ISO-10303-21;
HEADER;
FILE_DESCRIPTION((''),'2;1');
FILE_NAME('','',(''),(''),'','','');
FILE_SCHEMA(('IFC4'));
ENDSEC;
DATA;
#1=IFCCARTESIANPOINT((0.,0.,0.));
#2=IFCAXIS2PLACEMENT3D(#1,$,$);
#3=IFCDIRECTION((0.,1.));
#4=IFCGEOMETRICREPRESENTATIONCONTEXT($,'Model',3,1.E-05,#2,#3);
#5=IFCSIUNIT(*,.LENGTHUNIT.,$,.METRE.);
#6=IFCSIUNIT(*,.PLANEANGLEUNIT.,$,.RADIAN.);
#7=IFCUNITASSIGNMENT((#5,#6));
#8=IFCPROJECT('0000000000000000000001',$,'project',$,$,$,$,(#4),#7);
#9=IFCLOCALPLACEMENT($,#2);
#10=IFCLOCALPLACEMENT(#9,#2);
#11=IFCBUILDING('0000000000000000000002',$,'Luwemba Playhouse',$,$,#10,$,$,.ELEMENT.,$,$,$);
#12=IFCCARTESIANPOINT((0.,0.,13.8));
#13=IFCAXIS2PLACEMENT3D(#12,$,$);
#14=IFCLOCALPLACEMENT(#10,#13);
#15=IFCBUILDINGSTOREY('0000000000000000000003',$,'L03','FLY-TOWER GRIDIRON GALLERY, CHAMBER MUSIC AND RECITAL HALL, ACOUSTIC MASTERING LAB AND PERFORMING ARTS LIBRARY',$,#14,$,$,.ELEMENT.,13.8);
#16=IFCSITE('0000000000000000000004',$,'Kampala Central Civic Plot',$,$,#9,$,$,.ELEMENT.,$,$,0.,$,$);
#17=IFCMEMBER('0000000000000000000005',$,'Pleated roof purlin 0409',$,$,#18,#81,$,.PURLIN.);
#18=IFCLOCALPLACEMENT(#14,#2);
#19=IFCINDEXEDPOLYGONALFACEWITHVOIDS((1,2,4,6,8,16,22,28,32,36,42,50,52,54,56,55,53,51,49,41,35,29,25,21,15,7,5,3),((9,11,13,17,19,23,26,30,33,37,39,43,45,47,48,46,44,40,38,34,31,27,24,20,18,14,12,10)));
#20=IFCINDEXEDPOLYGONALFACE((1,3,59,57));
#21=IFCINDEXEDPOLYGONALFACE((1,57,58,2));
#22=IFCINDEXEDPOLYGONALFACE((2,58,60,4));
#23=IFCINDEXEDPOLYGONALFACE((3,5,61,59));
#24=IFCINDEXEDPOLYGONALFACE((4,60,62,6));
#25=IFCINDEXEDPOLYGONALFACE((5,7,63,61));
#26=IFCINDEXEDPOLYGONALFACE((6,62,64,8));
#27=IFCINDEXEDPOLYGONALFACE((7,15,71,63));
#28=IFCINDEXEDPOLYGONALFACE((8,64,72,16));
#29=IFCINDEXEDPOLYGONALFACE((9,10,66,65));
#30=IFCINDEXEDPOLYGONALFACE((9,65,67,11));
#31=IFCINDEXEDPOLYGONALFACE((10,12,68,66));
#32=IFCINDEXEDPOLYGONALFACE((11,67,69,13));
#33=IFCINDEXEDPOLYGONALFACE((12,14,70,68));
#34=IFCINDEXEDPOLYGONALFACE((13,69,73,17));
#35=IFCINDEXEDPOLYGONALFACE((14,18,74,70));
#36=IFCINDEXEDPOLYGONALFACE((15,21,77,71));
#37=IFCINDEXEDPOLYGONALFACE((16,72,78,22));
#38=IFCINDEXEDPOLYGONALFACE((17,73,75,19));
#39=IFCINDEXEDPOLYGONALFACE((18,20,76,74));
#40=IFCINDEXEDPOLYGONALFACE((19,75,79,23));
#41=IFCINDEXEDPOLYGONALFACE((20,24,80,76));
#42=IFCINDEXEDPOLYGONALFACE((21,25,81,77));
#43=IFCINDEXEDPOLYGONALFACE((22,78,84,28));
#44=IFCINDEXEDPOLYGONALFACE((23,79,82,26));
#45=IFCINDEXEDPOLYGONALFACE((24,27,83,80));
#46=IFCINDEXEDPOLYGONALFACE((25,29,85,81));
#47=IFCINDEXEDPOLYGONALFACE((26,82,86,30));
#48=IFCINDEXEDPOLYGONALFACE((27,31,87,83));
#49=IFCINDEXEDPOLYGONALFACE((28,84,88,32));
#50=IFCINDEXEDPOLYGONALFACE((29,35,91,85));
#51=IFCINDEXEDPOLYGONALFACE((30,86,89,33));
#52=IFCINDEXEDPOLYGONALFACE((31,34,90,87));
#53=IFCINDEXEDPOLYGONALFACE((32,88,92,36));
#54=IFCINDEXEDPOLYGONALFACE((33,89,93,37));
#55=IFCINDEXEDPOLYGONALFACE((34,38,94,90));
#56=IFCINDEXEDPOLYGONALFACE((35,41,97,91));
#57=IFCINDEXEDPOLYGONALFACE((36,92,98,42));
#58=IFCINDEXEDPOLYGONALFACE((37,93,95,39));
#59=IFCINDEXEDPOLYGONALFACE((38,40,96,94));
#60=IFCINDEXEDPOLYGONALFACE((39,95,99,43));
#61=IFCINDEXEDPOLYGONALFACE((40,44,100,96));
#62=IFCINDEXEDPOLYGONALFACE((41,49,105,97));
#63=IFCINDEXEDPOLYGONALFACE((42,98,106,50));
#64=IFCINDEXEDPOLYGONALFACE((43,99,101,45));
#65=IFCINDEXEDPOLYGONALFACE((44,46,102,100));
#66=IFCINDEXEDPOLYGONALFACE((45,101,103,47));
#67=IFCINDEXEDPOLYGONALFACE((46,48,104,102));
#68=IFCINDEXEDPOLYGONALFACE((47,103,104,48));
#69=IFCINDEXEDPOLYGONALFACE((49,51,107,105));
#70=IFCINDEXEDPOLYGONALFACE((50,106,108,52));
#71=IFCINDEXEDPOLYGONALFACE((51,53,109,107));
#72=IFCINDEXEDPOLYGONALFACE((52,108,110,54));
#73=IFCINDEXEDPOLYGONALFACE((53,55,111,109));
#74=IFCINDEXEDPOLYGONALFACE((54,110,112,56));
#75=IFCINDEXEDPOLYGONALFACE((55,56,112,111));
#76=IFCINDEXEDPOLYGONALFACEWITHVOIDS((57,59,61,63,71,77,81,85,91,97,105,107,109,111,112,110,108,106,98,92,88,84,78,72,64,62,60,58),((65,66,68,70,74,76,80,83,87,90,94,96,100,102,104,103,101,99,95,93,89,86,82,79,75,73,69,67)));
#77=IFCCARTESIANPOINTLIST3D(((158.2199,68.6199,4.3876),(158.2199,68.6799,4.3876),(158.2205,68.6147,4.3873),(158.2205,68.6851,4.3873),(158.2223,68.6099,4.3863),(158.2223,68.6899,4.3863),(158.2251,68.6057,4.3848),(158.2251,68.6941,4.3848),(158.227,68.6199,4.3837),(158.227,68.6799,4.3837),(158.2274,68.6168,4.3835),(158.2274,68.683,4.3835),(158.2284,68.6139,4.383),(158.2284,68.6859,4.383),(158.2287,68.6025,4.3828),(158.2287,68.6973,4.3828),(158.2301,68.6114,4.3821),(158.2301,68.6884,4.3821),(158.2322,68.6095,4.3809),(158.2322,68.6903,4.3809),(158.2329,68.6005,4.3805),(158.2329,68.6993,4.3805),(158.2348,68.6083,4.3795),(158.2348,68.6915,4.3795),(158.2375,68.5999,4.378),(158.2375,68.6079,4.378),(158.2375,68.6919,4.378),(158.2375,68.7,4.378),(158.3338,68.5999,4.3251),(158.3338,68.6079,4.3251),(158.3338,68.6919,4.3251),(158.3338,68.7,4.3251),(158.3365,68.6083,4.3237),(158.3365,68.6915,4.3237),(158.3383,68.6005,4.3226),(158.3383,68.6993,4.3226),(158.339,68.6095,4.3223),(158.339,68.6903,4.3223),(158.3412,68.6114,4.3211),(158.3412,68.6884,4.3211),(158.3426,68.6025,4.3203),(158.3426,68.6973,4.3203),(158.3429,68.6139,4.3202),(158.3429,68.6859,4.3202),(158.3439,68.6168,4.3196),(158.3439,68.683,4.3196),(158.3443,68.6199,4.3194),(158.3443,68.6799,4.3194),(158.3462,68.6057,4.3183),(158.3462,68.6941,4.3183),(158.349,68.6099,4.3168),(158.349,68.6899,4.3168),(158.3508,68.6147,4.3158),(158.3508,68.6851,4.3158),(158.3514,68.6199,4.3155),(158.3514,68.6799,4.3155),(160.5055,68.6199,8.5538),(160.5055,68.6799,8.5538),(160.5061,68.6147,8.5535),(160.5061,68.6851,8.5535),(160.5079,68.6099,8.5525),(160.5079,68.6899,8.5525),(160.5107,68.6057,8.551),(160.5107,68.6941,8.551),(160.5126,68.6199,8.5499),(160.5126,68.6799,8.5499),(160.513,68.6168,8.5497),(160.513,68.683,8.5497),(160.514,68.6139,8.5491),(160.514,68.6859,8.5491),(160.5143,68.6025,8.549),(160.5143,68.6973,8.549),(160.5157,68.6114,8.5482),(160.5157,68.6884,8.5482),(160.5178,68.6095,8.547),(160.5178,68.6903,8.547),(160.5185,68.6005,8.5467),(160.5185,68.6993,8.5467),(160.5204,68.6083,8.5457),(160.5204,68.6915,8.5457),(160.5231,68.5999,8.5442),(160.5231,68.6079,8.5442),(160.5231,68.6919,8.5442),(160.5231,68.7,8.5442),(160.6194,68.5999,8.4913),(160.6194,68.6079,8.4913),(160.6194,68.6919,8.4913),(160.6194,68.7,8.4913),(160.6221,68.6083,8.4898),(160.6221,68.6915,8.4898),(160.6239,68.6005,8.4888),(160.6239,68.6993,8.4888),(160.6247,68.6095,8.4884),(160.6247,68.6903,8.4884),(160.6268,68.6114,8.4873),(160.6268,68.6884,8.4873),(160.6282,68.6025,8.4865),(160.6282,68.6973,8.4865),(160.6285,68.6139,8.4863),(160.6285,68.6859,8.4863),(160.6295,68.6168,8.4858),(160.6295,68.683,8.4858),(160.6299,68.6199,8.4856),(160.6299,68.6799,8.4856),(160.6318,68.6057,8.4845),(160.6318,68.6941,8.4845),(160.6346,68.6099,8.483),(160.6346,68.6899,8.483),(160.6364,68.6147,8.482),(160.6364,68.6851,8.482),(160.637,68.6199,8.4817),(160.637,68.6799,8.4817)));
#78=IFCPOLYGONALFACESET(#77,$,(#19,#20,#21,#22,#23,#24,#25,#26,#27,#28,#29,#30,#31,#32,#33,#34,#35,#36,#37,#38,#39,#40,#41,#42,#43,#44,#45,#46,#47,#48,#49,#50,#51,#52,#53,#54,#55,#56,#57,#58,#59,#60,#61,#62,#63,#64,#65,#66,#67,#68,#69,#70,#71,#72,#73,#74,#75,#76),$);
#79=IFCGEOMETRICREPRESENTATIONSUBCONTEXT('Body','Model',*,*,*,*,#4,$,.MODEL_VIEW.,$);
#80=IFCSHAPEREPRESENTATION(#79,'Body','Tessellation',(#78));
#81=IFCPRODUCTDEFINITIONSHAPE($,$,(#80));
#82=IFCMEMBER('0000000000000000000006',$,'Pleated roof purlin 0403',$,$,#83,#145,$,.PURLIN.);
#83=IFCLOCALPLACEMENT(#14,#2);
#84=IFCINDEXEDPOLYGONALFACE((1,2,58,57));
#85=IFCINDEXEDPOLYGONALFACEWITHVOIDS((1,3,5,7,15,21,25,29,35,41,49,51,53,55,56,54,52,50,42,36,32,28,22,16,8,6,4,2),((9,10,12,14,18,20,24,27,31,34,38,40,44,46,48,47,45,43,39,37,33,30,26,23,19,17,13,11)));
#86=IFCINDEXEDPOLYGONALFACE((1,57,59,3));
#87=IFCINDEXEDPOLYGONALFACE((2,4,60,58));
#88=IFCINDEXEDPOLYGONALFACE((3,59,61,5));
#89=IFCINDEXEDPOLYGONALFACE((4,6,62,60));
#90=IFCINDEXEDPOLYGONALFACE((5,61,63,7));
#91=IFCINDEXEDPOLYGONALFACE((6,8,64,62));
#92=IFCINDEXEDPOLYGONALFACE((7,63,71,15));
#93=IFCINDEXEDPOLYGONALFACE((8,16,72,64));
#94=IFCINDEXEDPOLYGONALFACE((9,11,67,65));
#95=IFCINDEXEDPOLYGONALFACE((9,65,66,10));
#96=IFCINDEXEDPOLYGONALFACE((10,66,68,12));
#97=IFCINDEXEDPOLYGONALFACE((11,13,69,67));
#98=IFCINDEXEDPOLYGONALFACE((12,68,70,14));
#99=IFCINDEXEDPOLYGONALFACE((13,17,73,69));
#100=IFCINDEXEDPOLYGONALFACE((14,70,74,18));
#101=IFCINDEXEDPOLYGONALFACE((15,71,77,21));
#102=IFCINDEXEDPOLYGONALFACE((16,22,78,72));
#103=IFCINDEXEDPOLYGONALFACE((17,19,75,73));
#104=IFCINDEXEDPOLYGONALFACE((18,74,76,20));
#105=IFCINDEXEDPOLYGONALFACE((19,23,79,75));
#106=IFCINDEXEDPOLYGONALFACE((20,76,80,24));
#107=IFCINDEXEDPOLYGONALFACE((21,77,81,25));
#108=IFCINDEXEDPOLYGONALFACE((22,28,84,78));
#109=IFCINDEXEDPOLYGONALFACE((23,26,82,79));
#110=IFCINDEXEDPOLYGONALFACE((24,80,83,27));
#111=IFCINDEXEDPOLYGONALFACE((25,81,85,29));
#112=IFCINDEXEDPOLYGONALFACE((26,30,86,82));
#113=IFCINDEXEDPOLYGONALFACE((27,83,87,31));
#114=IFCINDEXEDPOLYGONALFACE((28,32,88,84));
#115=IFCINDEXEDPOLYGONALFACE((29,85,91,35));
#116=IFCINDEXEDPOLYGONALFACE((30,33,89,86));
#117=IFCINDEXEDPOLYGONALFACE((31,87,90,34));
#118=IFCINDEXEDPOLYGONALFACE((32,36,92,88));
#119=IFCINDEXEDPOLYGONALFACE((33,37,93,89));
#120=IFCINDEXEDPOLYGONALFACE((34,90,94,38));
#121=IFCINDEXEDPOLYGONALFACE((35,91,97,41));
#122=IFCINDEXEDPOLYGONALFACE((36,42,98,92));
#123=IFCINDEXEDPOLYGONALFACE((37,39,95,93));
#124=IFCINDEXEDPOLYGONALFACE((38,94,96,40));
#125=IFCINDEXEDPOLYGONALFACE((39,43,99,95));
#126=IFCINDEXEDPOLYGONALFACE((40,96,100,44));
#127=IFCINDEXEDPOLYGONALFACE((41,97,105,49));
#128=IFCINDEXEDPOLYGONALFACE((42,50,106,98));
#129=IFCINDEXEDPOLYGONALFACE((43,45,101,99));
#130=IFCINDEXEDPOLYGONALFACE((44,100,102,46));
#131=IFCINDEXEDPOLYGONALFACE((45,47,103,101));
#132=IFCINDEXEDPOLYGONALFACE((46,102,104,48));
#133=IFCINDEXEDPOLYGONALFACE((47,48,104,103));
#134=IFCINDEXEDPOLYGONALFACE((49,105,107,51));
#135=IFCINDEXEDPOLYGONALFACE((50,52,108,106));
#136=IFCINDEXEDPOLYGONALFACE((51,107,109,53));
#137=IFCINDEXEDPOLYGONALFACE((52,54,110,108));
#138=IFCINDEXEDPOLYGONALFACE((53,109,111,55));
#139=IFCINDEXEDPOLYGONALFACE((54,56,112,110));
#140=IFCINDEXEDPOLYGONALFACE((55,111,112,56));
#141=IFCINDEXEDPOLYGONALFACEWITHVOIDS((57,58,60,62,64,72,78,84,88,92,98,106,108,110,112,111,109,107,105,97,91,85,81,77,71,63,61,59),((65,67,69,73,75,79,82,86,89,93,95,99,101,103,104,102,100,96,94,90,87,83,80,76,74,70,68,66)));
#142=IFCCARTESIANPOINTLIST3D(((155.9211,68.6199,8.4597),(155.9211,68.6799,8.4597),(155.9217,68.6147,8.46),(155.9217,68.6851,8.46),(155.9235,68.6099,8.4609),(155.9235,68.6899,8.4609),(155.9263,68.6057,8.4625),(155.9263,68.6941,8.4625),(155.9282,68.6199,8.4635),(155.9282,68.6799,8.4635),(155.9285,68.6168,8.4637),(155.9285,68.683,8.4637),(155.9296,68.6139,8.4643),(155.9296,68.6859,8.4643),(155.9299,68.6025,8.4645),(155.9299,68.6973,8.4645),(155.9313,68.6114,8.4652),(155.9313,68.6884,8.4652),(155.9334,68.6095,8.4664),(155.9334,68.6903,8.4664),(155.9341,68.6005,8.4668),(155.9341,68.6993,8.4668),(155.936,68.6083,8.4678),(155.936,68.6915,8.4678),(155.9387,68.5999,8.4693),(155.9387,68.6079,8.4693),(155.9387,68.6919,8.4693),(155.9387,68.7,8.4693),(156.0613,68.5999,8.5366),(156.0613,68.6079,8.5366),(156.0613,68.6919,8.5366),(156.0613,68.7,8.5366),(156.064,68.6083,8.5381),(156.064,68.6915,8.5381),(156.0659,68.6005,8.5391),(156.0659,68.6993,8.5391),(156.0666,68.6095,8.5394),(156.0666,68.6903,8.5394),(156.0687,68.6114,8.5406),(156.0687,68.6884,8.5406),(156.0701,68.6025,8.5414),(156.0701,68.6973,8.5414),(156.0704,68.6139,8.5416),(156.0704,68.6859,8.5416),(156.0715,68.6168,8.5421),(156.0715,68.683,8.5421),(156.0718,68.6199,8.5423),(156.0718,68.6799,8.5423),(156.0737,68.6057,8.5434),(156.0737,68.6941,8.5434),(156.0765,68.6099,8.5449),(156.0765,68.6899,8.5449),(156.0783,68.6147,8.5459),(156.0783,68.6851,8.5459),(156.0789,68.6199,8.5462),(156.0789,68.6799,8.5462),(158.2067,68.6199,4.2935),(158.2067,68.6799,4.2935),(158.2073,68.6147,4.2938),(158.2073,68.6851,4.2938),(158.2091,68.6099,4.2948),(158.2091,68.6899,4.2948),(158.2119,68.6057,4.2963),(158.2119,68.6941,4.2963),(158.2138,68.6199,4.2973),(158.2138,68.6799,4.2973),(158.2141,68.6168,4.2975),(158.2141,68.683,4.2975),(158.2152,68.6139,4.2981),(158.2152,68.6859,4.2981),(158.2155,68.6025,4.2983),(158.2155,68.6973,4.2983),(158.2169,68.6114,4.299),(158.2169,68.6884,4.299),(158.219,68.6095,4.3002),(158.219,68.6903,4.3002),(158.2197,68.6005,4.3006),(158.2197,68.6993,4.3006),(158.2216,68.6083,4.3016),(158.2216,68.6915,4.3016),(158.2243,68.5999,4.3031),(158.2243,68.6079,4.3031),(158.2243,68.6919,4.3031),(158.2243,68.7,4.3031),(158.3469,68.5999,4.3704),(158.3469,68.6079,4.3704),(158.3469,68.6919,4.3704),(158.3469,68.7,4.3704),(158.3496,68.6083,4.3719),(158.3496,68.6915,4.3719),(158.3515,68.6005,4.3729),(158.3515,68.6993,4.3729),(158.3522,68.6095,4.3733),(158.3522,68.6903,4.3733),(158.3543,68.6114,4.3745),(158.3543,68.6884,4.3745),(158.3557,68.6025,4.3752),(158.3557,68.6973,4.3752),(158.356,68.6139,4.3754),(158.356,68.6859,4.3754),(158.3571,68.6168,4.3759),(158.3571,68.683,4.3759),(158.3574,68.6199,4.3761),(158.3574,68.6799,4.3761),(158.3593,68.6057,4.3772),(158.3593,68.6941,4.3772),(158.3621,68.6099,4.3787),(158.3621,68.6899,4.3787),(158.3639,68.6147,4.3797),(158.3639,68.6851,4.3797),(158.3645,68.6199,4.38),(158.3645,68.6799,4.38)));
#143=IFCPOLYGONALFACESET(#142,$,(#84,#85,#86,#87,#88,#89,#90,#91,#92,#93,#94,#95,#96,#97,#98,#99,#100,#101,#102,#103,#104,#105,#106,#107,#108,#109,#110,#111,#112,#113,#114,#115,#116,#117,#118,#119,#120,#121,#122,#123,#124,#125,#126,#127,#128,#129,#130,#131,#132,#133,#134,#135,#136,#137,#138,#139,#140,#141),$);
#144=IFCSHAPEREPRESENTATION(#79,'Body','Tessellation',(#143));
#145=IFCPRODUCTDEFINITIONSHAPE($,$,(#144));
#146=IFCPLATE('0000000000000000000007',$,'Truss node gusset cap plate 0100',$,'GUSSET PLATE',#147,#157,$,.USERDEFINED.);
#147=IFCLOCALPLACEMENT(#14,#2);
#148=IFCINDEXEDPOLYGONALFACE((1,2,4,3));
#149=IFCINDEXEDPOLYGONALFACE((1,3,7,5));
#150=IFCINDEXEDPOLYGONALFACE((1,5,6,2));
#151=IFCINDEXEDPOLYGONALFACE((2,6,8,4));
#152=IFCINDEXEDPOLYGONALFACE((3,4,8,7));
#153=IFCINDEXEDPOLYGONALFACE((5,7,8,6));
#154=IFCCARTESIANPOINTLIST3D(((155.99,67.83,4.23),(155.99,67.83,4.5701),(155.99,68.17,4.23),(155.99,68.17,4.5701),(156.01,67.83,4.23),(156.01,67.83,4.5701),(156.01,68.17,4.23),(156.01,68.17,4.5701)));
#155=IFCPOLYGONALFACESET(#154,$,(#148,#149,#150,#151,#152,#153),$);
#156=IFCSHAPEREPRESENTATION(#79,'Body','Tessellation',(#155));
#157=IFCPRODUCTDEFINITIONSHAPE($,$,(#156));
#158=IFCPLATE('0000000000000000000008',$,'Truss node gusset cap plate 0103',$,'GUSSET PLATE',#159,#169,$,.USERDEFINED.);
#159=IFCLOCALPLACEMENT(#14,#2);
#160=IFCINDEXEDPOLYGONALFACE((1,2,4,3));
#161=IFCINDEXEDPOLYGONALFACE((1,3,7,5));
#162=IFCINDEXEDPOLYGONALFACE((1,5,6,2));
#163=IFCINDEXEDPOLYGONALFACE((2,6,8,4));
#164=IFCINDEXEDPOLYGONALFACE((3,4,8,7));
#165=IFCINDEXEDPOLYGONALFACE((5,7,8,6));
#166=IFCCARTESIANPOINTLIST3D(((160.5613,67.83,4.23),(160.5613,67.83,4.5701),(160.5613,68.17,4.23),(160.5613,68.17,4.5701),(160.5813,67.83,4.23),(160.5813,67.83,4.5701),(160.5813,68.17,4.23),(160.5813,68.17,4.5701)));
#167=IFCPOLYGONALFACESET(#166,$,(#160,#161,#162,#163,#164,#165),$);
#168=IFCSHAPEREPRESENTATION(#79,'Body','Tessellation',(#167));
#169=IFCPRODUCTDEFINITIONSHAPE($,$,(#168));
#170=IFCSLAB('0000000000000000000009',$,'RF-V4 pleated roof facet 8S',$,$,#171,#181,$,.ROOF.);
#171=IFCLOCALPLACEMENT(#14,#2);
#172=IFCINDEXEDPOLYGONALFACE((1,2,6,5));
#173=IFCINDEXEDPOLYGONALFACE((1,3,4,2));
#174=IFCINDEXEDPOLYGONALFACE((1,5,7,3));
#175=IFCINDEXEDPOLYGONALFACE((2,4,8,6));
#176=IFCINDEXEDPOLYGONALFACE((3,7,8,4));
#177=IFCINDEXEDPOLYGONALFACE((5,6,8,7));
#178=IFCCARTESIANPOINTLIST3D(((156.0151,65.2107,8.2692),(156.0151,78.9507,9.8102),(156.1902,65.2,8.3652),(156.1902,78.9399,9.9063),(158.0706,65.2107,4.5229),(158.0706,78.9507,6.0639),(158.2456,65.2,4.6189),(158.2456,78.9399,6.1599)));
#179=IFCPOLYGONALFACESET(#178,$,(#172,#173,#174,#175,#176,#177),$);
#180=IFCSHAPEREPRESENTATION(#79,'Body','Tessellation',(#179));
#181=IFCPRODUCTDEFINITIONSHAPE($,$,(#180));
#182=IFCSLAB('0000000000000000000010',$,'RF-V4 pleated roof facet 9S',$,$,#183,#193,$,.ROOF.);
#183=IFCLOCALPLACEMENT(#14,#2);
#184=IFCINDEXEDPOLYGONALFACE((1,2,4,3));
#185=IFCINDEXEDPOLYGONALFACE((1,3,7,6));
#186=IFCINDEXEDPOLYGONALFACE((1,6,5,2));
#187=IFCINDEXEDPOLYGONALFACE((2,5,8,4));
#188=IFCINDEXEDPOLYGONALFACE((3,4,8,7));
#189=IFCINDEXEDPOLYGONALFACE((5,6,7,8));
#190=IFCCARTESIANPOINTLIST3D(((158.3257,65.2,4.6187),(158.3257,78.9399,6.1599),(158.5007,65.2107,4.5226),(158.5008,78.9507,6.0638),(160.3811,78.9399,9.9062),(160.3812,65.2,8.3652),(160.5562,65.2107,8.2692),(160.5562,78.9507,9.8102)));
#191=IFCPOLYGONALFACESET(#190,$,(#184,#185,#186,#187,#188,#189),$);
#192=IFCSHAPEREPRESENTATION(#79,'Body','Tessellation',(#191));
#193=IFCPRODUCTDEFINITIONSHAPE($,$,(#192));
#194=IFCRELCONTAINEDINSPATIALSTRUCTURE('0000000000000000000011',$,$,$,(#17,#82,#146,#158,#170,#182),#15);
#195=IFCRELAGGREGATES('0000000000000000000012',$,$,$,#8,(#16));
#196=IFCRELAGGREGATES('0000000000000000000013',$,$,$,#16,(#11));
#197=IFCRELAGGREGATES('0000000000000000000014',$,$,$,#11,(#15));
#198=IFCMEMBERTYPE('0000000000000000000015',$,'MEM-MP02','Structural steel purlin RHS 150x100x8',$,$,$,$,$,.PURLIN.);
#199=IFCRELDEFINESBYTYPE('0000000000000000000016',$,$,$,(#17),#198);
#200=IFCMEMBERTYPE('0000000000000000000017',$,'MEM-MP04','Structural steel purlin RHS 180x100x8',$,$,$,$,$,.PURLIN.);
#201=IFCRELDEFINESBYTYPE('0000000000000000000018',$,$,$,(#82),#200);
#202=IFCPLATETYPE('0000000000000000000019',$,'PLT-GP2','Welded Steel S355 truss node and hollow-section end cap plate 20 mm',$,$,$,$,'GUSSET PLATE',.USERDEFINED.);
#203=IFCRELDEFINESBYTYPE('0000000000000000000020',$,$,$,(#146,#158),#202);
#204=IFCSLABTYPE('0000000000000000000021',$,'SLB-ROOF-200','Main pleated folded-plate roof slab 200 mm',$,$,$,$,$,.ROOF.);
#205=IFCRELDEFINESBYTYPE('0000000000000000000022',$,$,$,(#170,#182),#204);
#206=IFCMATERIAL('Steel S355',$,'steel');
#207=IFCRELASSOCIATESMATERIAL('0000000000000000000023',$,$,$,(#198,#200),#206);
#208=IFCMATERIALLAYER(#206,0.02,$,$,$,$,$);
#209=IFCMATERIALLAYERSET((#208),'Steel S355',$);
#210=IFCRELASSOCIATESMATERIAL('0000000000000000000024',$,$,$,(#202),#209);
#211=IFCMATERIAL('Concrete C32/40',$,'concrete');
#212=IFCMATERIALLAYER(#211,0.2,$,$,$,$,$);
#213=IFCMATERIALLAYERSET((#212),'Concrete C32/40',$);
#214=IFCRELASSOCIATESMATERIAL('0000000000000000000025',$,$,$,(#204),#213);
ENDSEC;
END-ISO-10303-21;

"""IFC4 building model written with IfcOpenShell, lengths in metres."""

from ifc_helpers import new_model, si_unit, direction, frame, origin, origin_2d, place, context, subcontext, project, spatial, polyline, rectangle, hollow_rectangle, outline, extrude, material, layer, layer_set, material_profile, profile_set, type_object, element, save


model = new_model("IFC4")

# Units and contexts
model_context = context("Model", 3, precision=1e-05, world=origin(), true_north=direction((0.0, 1.0)))
body_context = subcontext(model_context, "Body", "Model", "MODEL_VIEW")
ifc_project = project(units=[si_unit("LENGTHUNIT", "METRE"), si_unit("PLANEANGLEUNIT", "RADIAN")], contexts=[model_context])

# Site, building, storey
site_placement = place(None, origin())
site = spatial("IfcSite", under=ifc_project, at=site_placement, Name="Kampala Central Civic Plot", CompositionType="ELEMENT", RefElevation=0.0)
building_placement = place(site_placement, origin())
building = spatial("IfcBuilding", under=site, at=building_placement, Name="Luwemba Playhouse", CompositionType="ELEMENT")
storey_placement = place(building_placement, frame((0.0, 0.0, 13.8)))
storey = spatial("IfcBuildingStorey", under=building, at=storey_placement, Name="L03", Description="FLY-TOWER GRIDIRON GALLERY, CHAMBER MUSIC AND RECITAL HALL, ACOUSTIC MASTERING LAB AND PERFORMING ARTS LIBRARY", CompositionType="ELEMENT", Elevation=13.8)

# Shared definitions
ifc_material_1 = material(Name="Steel S355", Category="steel")

# Members
ifc_material_profile_1 = material_profile(ifc_material_1, hollow_rectangle(XDim=0.1001, YDim=0.1499, WallThickness=0.0081, InnerFilletRadius=0.012, OuterFilletRadius=0.02, at=origin_2d()))
ifc_profile_set_1 = profile_set([ifc_material_profile_1], Name="Steel S355")
member_type_1 = type_object("IfcMemberType", Name="MEM-MP02", Description="Structural steel purlin RHS 150x100x8", PredefinedType="PURLIN", material=ifc_profile_set_1)
member_1_placement = place(storey_placement, frame((158.2856, 68.6499, 4.3516), z_axis=(0.480982, 0.0, 0.876731), x_axis=(0.0, 1.0, 0.0)))
element("IfcMember", 1, at=member_1_placement, inside=storey, type_object=member_type_1, Name="Pleated roof purlin 0409", PredefinedType="PURLIN", context=body_context, shape_type="SweptSolid", body=[
    extrude(hollow_rectangle(XDim=0.1001, YDim=0.1499, WallThickness=0.0081, InnerFilletRadius=0.012, OuterFilletRadius=0.02, at=origin_2d()), origin(), (0.0, 0.0, 1.0), 4.752),
])
ifc_material_profile_2 = material_profile(ifc_material_1, hollow_rectangle(XDim=0.1001, YDim=0.1799, WallThickness=0.0081, InnerFilletRadius=0.012, OuterFilletRadius=0.02, at=origin_2d()))
ifc_profile_set_2 = profile_set([ifc_material_profile_2], Name="Steel S355")
member_type_2 = type_object("IfcMemberType", Name="MEM-MP04", Description="Structural steel purlin RHS 180x100x8", PredefinedType="PURLIN", material=ifc_profile_set_2)
member_2_placement = place(storey_placement, frame((156.0, 68.6499, 8.5029), z_axis=(0.480982, 0.0, -0.876731), x_axis=(0.0, 1.0, 0.0)))
element("IfcMember", 2, at=member_2_placement, inside=storey, type_object=member_type_2, Name="Pleated roof purlin 0403", PredefinedType="PURLIN", context=body_context, shape_type="SweptSolid", body=[
    extrude(hollow_rectangle(XDim=0.1001, YDim=0.1799, WallThickness=0.0081, InnerFilletRadius=0.012, OuterFilletRadius=0.02, at=origin_2d()), origin(), (0.0, 0.0, 1.0), 4.752),
])

# Plates
ifc_layer_1 = layer(ifc_material_1, 0.02)
ifc_layer_set_1 = layer_set([ifc_layer_1], Name="Steel S355")
plate_type = type_object("IfcPlateType", Name="PLT-GP2", Description="Welded Steel S355 truss node and hollow-section end cap plate 20 mm", ElementType="GUSSET PLATE", PredefinedType="USERDEFINED", material=ifc_layer_set_1)
for number, where, z_axis, x_axis, name in (
    (3, (156.0, 68.0, 4.23), (0.0, 0.0, 1.0), (1.0, 0.0, 0.0), "Truss node gusset cap plate 0100"),
    (4, (160.5713, 68.0, 4.23), (0.0, 0.0, 1.0), (1.0, 0.0, 0.0), "Truss node gusset cap plate 0103"),
):
    element("IfcPlate", number, at=place(storey_placement, frame(where, z_axis=z_axis, x_axis=x_axis)), inside=storey, type_object=plate_type, Name=name, ObjectType="GUSSET PLATE", PredefinedType="USERDEFINED", context=body_context, shape_type="SweptSolid", body=[
        extrude(rectangle(XDim=0.02, YDim=0.3401, at=origin_2d()), origin(), (0.0, 0.0, 1.0), 0.3401),
    ])

# Slabs
ifc_material_2 = material(Name="Concrete C32/40", Category="concrete")
ifc_layer_2 = layer(ifc_material_2, 0.2)
ifc_layer_set_2 = layer_set([ifc_layer_2], Name="Concrete C32/40")
slab_type = type_object("IfcSlabType", Name="SLB-ROOF-200", Description="Main pleated folded-plate roof slab 200 mm", PredefinedType="ROOF", material=ifc_layer_set_2)
slab_1_placement = place(storey_placement, frame((156.1902, 65.2, 8.3652), z_axis=(0.875443, -0.053869, 0.48031), x_axis=(0.481008, 0.0, -0.876716)))
element("IfcSlab", 5, at=slab_1_placement, inside=storey, type_object=slab_type, Name="RF-V4 pleated roof facet 8S", PredefinedType="ROOF", context=body_context, shape_type="SweptSolid", body=[
    extrude(outline(polyline([(0.0, 0.0), (4.2731, 0.0), (2.9221, 13.76), (-1.351, 13.76), (0.0, 0.0)])), origin(), (0.0, 0.0, -1.0), 0.2),
])
slab_2_placement = place(storey_placement, frame((158.3257, 65.2, 4.6187), z_axis=(-0.87545, -0.053872, 0.480298), x_axis=(0.480996, 0.000001, 0.876723)))
element("IfcSlab", 6, at=slab_2_placement, inside=storey, type_object=slab_type, Name="RF-V4 pleated roof facet 9S", PredefinedType="ROOF", context=body_context, shape_type="SweptSolid", body=[
    extrude(outline(polyline([(0.0, 0.0), (4.2734, 0.0), (5.6244, 13.76), (1.3513, 13.76), (0.0, 0.0)])), origin(), (0.0, 0.0, -1.0), 0.2),
])

save(model, "model.ifc")
